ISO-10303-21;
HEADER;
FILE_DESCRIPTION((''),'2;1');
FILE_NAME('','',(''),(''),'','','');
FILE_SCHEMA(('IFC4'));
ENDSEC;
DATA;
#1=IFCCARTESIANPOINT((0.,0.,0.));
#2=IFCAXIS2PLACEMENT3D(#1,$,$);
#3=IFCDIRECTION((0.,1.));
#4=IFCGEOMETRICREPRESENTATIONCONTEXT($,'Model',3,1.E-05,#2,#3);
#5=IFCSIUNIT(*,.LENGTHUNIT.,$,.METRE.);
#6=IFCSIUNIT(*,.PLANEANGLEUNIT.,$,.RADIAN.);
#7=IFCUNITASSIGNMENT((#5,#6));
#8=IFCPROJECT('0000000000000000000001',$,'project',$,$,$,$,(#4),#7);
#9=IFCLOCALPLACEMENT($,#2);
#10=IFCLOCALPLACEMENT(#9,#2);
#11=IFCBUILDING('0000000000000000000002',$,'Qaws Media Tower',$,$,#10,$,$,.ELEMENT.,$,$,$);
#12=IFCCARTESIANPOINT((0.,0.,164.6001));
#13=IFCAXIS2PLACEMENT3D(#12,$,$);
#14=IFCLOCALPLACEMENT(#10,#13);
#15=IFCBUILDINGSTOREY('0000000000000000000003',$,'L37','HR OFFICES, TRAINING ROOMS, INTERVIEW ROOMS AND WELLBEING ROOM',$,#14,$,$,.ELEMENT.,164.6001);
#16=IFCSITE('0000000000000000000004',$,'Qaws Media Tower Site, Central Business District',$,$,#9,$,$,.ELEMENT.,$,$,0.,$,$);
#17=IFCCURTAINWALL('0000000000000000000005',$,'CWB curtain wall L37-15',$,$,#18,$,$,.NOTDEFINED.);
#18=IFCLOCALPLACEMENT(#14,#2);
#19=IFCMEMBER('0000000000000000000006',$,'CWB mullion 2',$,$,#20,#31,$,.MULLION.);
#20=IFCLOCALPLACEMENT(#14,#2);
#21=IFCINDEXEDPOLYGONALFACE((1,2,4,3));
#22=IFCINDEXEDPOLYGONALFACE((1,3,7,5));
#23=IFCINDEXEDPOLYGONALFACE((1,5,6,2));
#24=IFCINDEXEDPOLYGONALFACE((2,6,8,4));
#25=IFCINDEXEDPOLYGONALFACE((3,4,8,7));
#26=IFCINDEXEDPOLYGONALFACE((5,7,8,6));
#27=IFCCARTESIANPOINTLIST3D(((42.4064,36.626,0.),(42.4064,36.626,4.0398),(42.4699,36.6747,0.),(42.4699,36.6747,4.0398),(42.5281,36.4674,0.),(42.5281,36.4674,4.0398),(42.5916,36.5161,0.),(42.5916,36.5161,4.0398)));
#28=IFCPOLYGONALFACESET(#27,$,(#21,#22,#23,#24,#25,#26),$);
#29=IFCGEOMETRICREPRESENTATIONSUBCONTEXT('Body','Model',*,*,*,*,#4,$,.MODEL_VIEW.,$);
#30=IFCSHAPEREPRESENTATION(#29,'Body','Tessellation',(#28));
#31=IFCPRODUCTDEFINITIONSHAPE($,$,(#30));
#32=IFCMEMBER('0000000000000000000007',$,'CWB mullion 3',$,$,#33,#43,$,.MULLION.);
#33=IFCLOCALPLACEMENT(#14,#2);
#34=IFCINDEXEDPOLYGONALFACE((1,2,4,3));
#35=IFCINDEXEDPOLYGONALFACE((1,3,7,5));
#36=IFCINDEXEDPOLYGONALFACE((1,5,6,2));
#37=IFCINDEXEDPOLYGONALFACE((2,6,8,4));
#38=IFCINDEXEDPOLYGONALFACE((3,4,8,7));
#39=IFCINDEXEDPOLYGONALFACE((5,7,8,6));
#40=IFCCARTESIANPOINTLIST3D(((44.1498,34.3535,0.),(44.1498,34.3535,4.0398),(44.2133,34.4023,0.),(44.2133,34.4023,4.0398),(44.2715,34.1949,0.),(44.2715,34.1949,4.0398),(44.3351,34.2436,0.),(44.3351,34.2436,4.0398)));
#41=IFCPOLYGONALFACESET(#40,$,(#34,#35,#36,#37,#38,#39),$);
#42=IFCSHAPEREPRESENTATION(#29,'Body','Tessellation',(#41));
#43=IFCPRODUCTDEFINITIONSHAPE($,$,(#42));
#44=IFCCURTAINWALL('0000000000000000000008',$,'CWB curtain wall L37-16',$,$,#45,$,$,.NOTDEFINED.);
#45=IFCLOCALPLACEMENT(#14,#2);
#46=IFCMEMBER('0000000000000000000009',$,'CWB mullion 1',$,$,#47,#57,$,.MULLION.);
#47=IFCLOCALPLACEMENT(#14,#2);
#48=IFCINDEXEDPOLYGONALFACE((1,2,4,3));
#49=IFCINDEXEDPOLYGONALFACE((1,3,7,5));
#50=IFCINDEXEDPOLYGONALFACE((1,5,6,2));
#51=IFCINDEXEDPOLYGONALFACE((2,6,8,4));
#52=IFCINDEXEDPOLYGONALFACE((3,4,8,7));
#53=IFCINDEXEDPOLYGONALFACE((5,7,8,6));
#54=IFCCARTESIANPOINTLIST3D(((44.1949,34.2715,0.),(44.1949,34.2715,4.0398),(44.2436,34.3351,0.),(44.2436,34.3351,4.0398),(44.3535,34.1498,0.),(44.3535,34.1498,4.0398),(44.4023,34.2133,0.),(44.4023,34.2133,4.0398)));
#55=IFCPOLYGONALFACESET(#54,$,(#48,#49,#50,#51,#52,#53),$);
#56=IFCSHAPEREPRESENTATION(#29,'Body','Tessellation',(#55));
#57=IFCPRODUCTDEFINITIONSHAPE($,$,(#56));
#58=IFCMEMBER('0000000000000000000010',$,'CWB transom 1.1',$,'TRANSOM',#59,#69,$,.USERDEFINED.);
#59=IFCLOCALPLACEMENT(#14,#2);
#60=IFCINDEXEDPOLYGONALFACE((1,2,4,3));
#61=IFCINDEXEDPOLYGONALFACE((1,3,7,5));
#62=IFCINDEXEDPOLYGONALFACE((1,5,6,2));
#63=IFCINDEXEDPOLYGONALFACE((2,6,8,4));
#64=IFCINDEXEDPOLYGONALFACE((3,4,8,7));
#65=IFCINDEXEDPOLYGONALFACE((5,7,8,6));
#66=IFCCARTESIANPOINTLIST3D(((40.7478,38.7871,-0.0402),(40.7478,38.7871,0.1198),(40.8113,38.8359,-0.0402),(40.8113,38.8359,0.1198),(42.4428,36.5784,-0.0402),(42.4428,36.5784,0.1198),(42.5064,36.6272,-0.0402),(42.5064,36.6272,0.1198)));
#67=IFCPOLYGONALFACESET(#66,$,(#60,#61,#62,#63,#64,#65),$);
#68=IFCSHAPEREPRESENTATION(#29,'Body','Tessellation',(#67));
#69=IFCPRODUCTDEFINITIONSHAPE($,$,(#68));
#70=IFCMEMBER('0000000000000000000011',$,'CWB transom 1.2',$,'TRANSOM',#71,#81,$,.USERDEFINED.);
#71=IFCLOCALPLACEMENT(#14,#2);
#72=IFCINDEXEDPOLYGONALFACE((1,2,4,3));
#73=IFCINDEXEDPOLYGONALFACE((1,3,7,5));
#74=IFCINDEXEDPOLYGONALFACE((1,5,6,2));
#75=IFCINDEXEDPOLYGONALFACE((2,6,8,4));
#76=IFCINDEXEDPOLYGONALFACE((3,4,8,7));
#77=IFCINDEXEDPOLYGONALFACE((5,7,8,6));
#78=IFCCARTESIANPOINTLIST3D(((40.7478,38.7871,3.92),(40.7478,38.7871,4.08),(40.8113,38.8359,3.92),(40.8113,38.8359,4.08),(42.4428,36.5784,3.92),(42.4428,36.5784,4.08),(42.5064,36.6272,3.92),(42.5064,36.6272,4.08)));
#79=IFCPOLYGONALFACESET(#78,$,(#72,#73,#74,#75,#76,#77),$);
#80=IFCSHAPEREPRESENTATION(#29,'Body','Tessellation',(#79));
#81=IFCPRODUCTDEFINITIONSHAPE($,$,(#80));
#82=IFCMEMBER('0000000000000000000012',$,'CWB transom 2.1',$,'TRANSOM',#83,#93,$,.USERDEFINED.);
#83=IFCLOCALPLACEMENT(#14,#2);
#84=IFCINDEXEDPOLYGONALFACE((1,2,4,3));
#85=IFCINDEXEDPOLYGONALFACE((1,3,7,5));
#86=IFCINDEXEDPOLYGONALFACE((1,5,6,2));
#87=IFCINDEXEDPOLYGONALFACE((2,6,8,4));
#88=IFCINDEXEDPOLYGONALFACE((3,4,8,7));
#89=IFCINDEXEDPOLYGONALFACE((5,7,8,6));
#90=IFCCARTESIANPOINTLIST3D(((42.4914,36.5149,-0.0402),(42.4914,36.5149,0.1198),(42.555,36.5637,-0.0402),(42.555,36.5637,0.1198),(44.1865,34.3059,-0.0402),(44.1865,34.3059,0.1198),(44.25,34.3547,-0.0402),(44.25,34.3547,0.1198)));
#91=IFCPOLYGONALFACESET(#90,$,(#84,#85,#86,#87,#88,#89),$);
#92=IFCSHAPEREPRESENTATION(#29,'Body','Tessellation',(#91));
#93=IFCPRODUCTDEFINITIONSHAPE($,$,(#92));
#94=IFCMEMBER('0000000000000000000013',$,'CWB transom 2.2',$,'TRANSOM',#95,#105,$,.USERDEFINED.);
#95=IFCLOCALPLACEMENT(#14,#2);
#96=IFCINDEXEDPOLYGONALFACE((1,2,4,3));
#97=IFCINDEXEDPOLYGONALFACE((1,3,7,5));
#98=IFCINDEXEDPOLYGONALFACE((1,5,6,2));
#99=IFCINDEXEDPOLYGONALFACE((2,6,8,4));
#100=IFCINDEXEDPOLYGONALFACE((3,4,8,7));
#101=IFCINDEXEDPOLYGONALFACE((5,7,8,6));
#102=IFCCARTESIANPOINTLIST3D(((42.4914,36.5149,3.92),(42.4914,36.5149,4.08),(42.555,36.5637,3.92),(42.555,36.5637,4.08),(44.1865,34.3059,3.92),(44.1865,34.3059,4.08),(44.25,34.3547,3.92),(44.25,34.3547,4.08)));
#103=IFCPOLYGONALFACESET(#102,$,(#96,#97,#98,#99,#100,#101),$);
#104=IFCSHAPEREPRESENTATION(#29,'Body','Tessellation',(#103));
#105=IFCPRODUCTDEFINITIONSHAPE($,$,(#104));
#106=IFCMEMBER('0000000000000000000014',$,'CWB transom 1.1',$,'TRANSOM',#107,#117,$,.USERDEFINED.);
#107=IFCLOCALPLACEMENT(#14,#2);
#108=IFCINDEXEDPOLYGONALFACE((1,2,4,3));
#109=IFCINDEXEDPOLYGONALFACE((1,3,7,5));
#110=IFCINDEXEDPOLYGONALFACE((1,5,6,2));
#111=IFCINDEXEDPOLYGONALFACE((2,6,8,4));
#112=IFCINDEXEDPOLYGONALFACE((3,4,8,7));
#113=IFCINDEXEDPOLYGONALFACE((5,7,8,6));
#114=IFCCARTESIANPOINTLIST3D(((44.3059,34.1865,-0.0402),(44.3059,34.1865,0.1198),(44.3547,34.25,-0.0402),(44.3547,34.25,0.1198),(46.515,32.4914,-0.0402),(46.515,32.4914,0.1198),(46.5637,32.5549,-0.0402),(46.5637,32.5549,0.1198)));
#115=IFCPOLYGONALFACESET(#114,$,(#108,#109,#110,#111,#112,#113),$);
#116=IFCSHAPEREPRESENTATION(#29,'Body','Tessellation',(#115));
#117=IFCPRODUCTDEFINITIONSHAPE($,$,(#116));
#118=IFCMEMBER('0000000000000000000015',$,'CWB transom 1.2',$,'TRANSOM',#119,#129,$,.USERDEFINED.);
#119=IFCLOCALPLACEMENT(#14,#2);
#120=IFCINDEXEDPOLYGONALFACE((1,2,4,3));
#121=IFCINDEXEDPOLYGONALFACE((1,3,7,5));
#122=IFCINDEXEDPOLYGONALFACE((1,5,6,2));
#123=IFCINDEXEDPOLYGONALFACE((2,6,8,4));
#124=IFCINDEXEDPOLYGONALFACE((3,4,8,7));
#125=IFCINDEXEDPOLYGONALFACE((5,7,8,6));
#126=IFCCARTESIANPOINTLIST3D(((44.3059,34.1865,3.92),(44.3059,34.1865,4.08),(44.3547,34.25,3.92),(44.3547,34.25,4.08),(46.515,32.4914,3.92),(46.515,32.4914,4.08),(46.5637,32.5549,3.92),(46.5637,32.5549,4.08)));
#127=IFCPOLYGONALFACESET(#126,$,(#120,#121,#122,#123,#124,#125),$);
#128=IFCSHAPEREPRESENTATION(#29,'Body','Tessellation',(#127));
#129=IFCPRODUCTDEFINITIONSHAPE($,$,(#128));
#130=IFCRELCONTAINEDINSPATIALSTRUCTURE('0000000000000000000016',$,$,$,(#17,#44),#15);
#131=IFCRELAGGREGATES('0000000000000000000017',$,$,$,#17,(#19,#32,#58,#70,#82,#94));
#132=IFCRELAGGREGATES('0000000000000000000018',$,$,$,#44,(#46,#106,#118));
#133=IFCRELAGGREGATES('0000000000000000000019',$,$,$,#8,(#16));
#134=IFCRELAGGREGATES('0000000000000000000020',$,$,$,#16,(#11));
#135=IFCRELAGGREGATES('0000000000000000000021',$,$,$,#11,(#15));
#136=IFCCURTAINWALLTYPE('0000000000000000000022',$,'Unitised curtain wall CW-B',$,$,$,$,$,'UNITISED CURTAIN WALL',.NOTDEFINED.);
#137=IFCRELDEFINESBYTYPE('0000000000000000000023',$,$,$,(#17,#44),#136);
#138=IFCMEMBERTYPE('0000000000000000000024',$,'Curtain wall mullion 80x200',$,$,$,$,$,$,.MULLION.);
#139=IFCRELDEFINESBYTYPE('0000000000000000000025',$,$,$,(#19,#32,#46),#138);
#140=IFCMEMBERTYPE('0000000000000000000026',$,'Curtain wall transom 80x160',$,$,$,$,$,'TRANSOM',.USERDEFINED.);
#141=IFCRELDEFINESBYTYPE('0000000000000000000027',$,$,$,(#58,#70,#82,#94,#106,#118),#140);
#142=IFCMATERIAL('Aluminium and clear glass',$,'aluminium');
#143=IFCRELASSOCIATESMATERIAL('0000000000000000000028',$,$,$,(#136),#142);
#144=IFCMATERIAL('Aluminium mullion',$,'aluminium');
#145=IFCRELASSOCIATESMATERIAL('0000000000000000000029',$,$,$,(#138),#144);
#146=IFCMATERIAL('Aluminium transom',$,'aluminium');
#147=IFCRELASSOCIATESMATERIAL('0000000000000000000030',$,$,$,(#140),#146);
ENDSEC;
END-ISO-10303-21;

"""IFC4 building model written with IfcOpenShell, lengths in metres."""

from ifc_helpers import new_model, si_unit, direction, frame, origin, origin_2d, place, context, subcontext, project, spatial, rectangle, extrude, material, material_profile, profile_set, type_object, element, aggregate, save


model = new_model("IFC4")

# Units and contexts
model_context = context("Model", 3, precision=1e-05, world=origin(), true_north=direction((0.0, 1.0)))
body_context = subcontext(model_context, "Body", "Model", "MODEL_VIEW")
ifc_project = project(units=[si_unit("LENGTHUNIT", "METRE"), si_unit("PLANEANGLEUNIT", "RADIAN")], contexts=[model_context])

# Site, building, storey
site_placement = place(None, origin())
site = spatial("IfcSite", under=ifc_project, at=site_placement, Name="Qaws Media Tower Site, Central Business District", CompositionType="ELEMENT", RefElevation=0.0)
building_placement = place(site_placement, origin())
building = spatial("IfcBuilding", under=site, at=building_placement, Name="Qaws Media Tower", CompositionType="ELEMENT")
storey_placement = place(building_placement, frame((0.0, 0.0, 164.6001)))
storey = spatial("IfcBuildingStorey", under=building, at=storey_placement, Name="L37", Description="HR OFFICES, TRAINING ROOMS, INTERVIEW ROOMS AND WELLBEING ROOM", CompositionType="ELEMENT", Elevation=164.6001)

# Shared definitions
ifc_material_1 = material(Name="Aluminium and clear glass", Category="aluminium")
curtain_wall_type = type_object("IfcCurtainWallType", Name="Unitised curtain wall CW-B", ElementType="UNITISED CURTAIN WALL", PredefinedType="NOTDEFINED", material=ifc_material_1)
ifc_material_2 = material(Name="Aluminium mullion", Category="aluminium")
ifc_material_profile_1 = material_profile(ifc_material_2, rectangle(XDim=0.0801, YDim=0.2, at=origin_2d()), Name="80x200")
ifc_profile_set_1 = profile_set([ifc_material_profile_1], Name="Aluminium mullion")
member_type_1 = type_object("IfcMemberType", Name="Curtain wall mullion 80x200", PredefinedType="MULLION", material=ifc_profile_set_1)

# Curtain wall, members
curtain_wall_1_placement = place(storey_placement, origin())
curtain_wall_1 = element("IfcCurtainWall", 1, at=curtain_wall_1_placement, inside=storey, type_object=curtain_wall_type, Name="CWB curtain wall L37-15", PredefinedType="NOTDEFINED")
member_1_placement = place(storey_placement, frame((42.499, 36.571, 0.0), z_axis=(0.0, 0.0, 1.0), x_axis=(0.793353, 0.608761, 0.0)))
member_1 = element("IfcMember", 2, at=member_1_placement, type_object=member_type_1, Name="CWB mullion 2", PredefinedType="MULLION", context=body_context, shape_type="SweptSolid", body=[
    extrude(rectangle(XDim=0.0801, YDim=0.2, at=origin_2d()), origin(), (0.0, 0.0, 1.0), 4.0398),
])
member_2_placement = place(storey_placement, frame((44.2424, 34.2986, 0.0), z_axis=(0.0, 0.0, 1.0), x_axis=(0.793353, 0.608761, 0.0)))
member_2 = element("IfcMember", 3, at=member_2_placement, type_object=member_type_1, Name="CWB mullion 3", PredefinedType="MULLION", context=body_context, shape_type="SweptSolid", body=[
    extrude(rectangle(XDim=0.0801, YDim=0.2, at=origin_2d()), origin(), (0.0, 0.0, 1.0), 4.0398),
])

# Curtain wall, member
curtain_wall_2_placement = place(storey_placement, origin())
curtain_wall_2 = element("IfcCurtainWall", 4, at=curtain_wall_2_placement, inside=storey, type_object=curtain_wall_type, Name="CWB curtain wall L37-16", PredefinedType="NOTDEFINED")
member_3_placement = place(storey_placement, frame((44.2986, 34.2424, 0.0), z_axis=(0.0, 0.0, 1.0), x_axis=(0.608761, 0.793353, 0.0)))
member_3 = element("IfcMember", 5, at=member_3_placement, type_object=member_type_1, Name="CWB mullion 1", PredefinedType="MULLION", context=body_context, shape_type="SweptSolid", body=[
    extrude(rectangle(XDim=0.0801, YDim=0.2, at=origin_2d()), origin(), (0.0, 0.0, 1.0), 4.0398),
])

# Members
ifc_material_3 = material(Name="Aluminium transom", Category="aluminium")
ifc_material_profile_2 = material_profile(ifc_material_3, rectangle(XDim=0.0801, YDim=0.1599, at=origin_2d()), Name="80x160")
ifc_profile_set_2 = profile_set([ifc_material_profile_2], Name="Aluminium transom")
member_type_2 = type_object("IfcMemberType", Name="Curtain wall transom 80x160", ElementType="TRANSOM", PredefinedType="USERDEFINED", material=ifc_profile_set_2)
member_4_placement = place(storey_placement, frame((40.7795, 38.8115, 0.0398), z_axis=(0.608816, -0.793311, 0.0), x_axis=(0.793311, 0.608816, 0.0)))
member_4 = element("IfcMember", 6, at=member_4_placement, type_object=member_type_2, Name="CWB transom 1.1", ObjectType="TRANSOM", PredefinedType="USERDEFINED", context=body_context, shape_type="SweptSolid", body=[
    extrude(rectangle(XDim=0.0801, YDim=0.1599, at=origin_2d()), origin(), (0.0, 0.0, 1.0), 2.7842),
])
member_5_placement = place(storey_placement, frame((40.7795, 38.8115, 4.0), z_axis=(0.608816, -0.793311, 0.0), x_axis=(0.793311, 0.608816, 0.0)))
member_5 = element("IfcMember", 7, at=member_5_placement, type_object=member_type_2, Name="CWB transom 1.2", ObjectType="TRANSOM", PredefinedType="USERDEFINED", context=body_context, shape_type="SweptSolid", body=[
    extrude(rectangle(XDim=0.0801, YDim=0.1599, at=origin_2d()), origin(), (0.0, 0.0, 1.0), 2.7842),
])
member_6_placement = place(storey_placement, frame((42.5232, 36.5393, 0.0398), z_axis=(0.608774, -0.793344, 0.0), x_axis=(0.793344, 0.608774, 0.0)))
member_6 = element("IfcMember", 8, at=member_6_placement, type_object=member_type_2, Name="CWB transom 2.1", ObjectType="TRANSOM", PredefinedType="USERDEFINED", context=body_context, shape_type="SweptSolid", body=[
    extrude(rectangle(XDim=0.0801, YDim=0.1599, at=origin_2d()), origin(), (0.0, 0.0, 1.0), 2.7844),
])
member_7_placement = place(storey_placement, frame((42.5232, 36.5393, 4.0), z_axis=(0.608774, -0.793344, 0.0), x_axis=(0.793344, 0.608774, 0.0)))
member_7 = element("IfcMember", 9, at=member_7_placement, type_object=member_type_2, Name="CWB transom 2.2", ObjectType="TRANSOM", PredefinedType="USERDEFINED", context=body_context, shape_type="SweptSolid", body=[
    extrude(rectangle(XDim=0.0801, YDim=0.1599, at=origin_2d()), origin(), (0.0, 0.0, 1.0), 2.7844),
])
member_8_placement = place(storey_placement, frame((44.3303, 34.2183, 0.0398), z_axis=(0.793344, -0.608774, 0.0), x_axis=(0.608774, 0.793344, 0.0)))
member_8 = element("IfcMember", 10, at=member_8_placement, type_object=member_type_2, Name="CWB transom 1.1", ObjectType="TRANSOM", PredefinedType="USERDEFINED", context=body_context, shape_type="SweptSolid", body=[
    extrude(rectangle(XDim=0.0801, YDim=0.1599, at=origin_2d()), origin(), (0.0, 0.0, 1.0), 2.7844),
])
member_9_placement = place(storey_placement, frame((44.3303, 34.2183, 4.0), z_axis=(0.793344, -0.608774, 0.0), x_axis=(0.608774, 0.793344, 0.0)))
member_9 = element("IfcMember", 11, at=member_9_placement, type_object=member_type_2, Name="CWB transom 1.2", ObjectType="TRANSOM", PredefinedType="USERDEFINED", context=body_context, shape_type="SweptSolid", body=[
    extrude(rectangle(XDim=0.0801, YDim=0.1599, at=origin_2d()), origin(), (0.0, 0.0, 1.0), 2.7844),
])

aggregate(curtain_wall_1, [member_1, member_2, member_4, member_5, member_6, member_7])
aggregate(curtain_wall_2, [member_3, member_8, member_9])

save(model, "model.ifc")
